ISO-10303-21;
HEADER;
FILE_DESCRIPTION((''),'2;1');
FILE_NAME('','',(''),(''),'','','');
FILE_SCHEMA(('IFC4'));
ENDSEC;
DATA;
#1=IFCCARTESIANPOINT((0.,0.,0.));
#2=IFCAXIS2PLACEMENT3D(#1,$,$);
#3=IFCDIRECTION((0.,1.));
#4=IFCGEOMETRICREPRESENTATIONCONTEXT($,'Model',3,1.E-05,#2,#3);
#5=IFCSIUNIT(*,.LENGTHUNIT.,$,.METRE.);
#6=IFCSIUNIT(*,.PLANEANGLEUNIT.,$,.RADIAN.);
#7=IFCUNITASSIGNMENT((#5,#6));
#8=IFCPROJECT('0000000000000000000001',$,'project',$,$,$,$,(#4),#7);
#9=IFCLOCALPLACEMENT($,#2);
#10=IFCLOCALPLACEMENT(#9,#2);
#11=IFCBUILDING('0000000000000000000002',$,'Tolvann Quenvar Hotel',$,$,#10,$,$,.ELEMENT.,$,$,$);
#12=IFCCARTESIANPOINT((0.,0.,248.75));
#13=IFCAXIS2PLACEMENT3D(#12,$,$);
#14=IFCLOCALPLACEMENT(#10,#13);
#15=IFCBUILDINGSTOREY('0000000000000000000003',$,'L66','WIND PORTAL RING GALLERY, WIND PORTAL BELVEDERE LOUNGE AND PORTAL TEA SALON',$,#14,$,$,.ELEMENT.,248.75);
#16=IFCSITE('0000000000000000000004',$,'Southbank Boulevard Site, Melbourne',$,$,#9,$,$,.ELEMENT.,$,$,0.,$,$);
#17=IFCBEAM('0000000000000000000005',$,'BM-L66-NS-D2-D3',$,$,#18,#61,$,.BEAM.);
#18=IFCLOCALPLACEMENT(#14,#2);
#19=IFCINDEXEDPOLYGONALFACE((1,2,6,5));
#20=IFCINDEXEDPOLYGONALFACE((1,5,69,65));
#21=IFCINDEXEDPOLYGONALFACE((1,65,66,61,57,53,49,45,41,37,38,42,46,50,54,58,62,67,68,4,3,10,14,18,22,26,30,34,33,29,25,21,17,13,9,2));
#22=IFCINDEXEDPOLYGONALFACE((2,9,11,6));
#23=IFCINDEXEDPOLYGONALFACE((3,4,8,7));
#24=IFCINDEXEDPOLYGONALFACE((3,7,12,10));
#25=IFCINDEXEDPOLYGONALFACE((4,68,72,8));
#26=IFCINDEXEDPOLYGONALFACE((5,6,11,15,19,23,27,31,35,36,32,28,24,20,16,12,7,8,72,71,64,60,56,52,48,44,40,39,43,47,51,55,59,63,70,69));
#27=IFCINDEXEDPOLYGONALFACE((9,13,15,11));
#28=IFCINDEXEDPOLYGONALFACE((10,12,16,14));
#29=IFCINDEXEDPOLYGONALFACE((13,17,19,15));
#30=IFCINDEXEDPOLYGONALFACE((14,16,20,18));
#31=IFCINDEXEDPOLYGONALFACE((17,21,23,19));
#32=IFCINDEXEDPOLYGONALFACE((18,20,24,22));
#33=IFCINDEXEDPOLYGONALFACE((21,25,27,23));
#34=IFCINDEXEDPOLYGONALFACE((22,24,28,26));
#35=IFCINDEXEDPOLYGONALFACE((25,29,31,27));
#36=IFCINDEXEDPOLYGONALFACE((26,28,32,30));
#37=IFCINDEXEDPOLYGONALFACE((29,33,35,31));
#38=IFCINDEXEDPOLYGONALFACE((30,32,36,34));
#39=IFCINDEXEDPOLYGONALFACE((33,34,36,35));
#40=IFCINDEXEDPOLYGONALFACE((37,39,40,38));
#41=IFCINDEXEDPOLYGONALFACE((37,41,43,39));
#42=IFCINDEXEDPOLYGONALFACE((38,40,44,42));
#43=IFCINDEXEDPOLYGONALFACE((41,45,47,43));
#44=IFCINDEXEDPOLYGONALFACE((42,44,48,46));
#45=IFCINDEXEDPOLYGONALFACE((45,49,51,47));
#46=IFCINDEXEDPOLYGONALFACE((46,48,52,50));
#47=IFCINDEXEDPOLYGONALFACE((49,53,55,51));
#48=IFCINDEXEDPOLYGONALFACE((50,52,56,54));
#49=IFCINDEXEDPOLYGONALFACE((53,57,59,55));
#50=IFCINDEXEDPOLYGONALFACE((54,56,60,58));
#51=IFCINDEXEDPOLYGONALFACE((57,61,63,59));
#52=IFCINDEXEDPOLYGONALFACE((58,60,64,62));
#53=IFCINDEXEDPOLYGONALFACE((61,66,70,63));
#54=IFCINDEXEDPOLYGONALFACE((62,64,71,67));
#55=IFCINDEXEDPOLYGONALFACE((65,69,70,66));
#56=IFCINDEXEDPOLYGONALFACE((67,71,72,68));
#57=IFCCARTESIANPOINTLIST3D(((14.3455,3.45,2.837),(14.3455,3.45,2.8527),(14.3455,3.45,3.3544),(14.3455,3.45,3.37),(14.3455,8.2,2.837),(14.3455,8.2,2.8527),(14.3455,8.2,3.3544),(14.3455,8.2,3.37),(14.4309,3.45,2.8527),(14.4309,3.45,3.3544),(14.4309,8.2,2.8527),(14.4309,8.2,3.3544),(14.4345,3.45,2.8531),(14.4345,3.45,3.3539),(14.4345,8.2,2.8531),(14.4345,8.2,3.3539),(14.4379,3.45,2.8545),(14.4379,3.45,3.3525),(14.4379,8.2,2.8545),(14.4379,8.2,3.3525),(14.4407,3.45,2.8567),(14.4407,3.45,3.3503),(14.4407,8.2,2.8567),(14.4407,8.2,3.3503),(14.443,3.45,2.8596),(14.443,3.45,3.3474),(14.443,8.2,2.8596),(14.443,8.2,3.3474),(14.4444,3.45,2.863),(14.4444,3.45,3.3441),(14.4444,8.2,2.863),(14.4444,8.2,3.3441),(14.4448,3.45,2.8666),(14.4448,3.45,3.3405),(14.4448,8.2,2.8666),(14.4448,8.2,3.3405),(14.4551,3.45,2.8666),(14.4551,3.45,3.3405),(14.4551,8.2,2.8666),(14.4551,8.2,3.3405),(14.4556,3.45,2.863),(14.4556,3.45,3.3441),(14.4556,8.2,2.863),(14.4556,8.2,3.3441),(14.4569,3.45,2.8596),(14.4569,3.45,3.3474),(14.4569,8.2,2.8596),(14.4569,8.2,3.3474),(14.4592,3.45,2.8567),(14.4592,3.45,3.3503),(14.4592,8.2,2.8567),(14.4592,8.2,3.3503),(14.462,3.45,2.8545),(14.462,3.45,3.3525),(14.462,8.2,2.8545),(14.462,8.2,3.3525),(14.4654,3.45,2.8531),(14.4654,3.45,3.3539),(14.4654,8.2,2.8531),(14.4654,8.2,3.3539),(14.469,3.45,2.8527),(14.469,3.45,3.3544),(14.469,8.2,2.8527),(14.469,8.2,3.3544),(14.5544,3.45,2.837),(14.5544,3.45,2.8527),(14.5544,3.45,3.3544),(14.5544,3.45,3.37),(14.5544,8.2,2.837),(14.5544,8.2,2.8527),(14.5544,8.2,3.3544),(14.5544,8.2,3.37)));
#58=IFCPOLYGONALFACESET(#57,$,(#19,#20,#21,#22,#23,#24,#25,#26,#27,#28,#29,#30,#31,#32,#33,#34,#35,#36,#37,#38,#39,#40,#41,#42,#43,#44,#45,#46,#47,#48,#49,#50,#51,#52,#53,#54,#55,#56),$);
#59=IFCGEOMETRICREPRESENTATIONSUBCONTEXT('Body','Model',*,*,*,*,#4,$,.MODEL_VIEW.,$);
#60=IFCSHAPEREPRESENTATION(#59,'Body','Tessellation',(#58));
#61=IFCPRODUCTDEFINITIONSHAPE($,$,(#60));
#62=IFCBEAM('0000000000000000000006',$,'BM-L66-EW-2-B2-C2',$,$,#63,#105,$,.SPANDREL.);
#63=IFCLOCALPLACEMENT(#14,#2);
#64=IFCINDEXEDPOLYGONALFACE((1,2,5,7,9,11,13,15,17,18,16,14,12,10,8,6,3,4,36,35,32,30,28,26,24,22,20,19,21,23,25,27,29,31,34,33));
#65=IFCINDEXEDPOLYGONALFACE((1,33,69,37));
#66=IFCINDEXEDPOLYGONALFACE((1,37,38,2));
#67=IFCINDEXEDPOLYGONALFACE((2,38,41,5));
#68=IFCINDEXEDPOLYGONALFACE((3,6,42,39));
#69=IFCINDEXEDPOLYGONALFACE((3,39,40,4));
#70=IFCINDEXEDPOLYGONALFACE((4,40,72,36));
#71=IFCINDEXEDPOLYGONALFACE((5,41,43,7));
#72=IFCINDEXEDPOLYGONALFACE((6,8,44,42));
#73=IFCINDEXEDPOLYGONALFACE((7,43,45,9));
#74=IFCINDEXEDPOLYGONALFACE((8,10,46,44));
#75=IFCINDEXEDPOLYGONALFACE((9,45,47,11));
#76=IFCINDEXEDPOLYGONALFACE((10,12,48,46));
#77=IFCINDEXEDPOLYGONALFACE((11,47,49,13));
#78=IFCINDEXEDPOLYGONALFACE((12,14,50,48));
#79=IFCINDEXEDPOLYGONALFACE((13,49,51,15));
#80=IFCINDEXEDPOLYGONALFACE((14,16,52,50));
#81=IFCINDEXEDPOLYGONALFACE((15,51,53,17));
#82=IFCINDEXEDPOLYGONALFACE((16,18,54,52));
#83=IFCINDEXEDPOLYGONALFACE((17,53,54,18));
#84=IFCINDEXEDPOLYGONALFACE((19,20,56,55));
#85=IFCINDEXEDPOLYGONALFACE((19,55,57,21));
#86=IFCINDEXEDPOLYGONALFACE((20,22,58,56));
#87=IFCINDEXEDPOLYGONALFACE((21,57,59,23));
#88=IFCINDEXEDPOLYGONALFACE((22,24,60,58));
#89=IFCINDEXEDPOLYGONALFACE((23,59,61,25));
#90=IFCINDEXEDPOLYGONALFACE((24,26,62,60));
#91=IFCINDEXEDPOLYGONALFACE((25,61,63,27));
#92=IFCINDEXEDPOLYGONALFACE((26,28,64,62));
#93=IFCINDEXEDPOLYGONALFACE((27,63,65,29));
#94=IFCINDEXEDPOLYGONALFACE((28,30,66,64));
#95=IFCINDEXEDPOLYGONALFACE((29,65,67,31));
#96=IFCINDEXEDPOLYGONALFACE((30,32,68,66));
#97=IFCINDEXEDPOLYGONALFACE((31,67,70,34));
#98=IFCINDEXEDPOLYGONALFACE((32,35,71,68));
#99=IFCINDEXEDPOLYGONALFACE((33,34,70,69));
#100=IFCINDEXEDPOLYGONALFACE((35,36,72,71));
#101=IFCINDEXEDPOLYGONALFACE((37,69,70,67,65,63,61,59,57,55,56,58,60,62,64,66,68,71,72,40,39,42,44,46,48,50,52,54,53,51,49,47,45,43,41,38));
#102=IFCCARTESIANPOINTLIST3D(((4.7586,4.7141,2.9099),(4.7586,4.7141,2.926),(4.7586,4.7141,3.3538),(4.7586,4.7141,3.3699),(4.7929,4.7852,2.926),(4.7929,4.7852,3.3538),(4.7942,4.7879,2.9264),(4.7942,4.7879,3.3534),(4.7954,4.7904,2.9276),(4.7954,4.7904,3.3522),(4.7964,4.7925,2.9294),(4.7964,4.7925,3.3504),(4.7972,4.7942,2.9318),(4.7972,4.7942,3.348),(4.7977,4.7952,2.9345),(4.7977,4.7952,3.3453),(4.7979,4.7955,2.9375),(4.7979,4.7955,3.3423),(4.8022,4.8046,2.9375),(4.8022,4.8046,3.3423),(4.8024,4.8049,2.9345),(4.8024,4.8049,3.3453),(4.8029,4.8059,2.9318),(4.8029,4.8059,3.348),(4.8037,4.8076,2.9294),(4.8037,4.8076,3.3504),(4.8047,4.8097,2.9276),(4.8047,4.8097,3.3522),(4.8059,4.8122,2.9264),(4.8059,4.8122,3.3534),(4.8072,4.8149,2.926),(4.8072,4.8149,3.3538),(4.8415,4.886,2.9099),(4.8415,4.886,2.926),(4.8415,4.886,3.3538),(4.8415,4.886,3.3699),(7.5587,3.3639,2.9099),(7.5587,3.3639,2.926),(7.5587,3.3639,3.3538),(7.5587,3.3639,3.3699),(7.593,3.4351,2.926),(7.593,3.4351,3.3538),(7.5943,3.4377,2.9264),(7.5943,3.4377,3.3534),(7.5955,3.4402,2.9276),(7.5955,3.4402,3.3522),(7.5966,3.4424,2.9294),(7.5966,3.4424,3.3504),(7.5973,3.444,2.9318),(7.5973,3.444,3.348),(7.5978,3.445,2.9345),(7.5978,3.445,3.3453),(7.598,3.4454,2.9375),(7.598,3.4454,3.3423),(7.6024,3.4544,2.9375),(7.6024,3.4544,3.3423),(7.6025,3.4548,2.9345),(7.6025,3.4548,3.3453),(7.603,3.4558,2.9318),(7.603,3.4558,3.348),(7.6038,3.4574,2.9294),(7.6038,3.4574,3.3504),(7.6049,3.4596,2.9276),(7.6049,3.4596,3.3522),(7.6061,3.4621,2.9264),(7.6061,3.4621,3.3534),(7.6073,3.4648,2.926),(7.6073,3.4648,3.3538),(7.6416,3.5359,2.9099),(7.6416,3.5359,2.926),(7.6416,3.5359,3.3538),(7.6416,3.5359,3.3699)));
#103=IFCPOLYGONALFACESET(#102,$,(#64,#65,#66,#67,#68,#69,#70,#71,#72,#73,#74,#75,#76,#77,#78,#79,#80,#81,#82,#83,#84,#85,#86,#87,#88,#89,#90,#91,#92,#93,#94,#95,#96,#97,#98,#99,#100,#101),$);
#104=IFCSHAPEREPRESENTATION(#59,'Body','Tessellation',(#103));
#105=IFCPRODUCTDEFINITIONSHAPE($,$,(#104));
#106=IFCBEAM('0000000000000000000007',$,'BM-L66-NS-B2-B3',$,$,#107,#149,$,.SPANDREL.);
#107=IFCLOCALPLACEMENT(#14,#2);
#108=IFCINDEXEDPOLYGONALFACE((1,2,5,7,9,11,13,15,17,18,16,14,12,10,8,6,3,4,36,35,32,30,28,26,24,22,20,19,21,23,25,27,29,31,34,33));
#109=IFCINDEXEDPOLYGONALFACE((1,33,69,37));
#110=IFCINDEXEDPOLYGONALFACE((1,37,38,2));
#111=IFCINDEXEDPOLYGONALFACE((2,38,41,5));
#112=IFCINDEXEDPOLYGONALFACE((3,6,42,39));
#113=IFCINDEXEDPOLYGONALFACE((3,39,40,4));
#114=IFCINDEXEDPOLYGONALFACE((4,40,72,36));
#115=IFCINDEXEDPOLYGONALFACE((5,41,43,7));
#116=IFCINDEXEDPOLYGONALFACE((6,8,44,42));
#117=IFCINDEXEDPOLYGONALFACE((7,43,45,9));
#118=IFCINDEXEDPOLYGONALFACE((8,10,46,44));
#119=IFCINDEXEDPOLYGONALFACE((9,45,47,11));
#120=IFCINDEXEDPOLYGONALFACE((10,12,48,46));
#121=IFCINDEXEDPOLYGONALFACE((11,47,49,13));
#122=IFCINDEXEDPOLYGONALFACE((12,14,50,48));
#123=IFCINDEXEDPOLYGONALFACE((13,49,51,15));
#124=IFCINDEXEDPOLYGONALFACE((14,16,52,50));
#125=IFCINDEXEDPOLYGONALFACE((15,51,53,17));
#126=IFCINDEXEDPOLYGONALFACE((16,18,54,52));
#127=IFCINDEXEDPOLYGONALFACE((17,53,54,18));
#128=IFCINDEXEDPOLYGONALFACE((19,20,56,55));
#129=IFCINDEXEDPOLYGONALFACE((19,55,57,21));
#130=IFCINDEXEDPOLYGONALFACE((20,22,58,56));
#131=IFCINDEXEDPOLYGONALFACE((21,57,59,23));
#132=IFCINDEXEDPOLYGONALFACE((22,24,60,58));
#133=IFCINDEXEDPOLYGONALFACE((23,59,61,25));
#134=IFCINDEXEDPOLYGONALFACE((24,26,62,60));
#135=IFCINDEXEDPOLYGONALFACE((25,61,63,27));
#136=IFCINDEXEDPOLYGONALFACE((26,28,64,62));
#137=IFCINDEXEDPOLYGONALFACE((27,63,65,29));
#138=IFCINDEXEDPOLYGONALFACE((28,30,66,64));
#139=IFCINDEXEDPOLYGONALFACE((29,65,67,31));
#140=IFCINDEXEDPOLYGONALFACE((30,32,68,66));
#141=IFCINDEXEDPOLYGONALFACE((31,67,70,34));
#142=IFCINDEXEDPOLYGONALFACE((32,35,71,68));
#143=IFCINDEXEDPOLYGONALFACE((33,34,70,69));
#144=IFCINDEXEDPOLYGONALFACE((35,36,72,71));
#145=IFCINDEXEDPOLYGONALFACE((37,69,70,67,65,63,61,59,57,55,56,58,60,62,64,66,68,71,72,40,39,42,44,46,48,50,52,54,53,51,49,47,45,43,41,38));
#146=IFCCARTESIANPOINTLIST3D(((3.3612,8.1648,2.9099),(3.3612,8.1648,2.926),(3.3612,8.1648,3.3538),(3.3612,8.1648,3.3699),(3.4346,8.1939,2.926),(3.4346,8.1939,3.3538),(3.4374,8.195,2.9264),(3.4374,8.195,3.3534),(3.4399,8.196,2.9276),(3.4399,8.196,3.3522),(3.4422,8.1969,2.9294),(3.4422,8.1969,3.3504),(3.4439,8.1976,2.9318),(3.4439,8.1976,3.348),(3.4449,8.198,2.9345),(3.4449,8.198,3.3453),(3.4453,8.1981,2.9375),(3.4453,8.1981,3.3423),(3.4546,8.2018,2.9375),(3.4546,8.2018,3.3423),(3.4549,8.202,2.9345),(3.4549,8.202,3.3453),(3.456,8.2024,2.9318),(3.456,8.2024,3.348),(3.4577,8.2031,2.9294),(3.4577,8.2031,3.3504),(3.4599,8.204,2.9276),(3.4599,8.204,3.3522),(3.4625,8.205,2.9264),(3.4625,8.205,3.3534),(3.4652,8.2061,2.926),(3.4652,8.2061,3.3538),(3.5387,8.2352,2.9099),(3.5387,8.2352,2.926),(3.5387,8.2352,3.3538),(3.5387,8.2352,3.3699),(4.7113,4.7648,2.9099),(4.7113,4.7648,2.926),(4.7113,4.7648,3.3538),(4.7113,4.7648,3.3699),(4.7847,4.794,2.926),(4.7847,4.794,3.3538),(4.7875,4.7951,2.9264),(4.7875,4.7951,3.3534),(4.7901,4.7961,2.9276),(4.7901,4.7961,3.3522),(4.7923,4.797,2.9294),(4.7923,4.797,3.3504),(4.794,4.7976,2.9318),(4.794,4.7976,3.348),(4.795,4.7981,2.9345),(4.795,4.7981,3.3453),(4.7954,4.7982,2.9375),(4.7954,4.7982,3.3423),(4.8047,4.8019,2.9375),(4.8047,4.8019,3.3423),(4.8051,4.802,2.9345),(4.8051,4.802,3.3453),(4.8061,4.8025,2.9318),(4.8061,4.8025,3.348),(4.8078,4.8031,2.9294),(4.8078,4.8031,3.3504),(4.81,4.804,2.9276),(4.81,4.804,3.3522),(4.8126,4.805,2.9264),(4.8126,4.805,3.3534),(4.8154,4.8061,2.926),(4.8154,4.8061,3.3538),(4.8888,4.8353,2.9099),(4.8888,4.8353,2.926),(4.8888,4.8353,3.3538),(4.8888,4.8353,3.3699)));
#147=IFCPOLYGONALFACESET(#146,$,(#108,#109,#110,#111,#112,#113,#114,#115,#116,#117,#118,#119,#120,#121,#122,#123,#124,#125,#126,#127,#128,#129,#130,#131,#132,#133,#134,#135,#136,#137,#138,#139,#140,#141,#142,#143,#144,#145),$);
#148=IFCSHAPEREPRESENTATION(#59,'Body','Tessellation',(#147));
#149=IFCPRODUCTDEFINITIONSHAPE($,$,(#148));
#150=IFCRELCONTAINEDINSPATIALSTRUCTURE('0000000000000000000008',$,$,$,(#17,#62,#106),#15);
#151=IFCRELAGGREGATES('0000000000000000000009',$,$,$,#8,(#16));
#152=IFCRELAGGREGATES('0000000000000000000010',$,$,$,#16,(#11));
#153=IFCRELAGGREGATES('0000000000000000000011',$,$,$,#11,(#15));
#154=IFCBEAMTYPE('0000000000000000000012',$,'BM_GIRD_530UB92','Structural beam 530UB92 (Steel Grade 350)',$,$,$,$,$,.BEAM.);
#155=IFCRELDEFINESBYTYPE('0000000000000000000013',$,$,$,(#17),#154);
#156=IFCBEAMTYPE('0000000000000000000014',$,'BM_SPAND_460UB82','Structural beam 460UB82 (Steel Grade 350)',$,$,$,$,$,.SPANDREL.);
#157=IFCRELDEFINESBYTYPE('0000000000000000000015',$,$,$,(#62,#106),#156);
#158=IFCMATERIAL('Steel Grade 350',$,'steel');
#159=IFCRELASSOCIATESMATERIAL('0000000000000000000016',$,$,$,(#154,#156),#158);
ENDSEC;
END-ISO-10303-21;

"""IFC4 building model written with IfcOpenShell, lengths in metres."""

from ifc_helpers import new_model, si_unit, direction, frame, origin, origin_2d, place, context, subcontext, project, spatial, i_section, extrude, source, transform, mapped, material, material_profile, profile_set, type_object, type_shapes, element, save


model = new_model("IFC4")

# Units and contexts
model_context = context("Model", 3, precision=1e-05, world=origin(), true_north=direction((0.0, 1.0)))
body_context = subcontext(model_context, "Body", "Model", "MODEL_VIEW")
ifc_project = project(units=[si_unit("LENGTHUNIT", "METRE"), si_unit("PLANEANGLEUNIT", "RADIAN")], contexts=[model_context])

# Site, building, storey
site_placement = place(None, origin())
site = spatial("IfcSite", under=ifc_project, at=site_placement, Name="Southbank Boulevard Site, Melbourne", CompositionType="ELEMENT", RefElevation=0.0)
building_placement = place(site_placement, origin())
building = spatial("IfcBuilding", under=site, at=building_placement, Name="Tolvann Quenvar Hotel", CompositionType="ELEMENT")
storey_placement = place(building_placement, frame((0.0, 0.0, 248.75)))
storey = spatial("IfcBuildingStorey", under=building, at=storey_placement, Name="L66", Description="WIND PORTAL RING GALLERY, WIND PORTAL BELVEDERE LOUNGE AND PORTAL TEA SALON", CompositionType="ELEMENT", Elevation=248.75)

# Shared definitions
ifc_material_1 = material(Name="Steel Grade 350", Category="steel")

# Beams
ifc_material_profile_1 = material_profile(ifc_material_1, i_section(OverallWidth=0.209, OverallDepth=0.533, WebThickness=0.0103, FlangeThickness=0.0156, FilletRadius=0.0139, at=origin_2d()), Name="530UB92")
ifc_profile_set_1 = profile_set([ifc_material_profile_1], Name="Steel Grade 350")
beam_type_1 = type_object("IfcBeamType", Name="BM_GIRD_530UB92", Description="Structural beam 530UB92 (Steel Grade 350)", PredefinedType="BEAM", material=ifc_profile_set_1)
shared_shape_1 = source(origin(), body_context, "Body", "SweptSolid", [
    extrude(i_section(OverallWidth=0.209, OverallDepth=0.533, WebThickness=0.0103, FlangeThickness=0.0156, FilletRadius=0.0139, at=origin_2d()), origin(), (0.0, 0.0, 1.0), 4.75),
])
type_shapes(beam_type_1, [shared_shape_1])
for number, where, z_axis, x_axis, name in (
    (1, (14.45, 3.45, 3.1035), (0.0, 1.0, 0.0), (-1.0, 0.0, 0.0), "BM-L66-NS-D2-D3"),
):
    element("IfcBeam", number, at=place(storey_placement, frame(where, z_axis=z_axis, x_axis=x_axis)), inside=storey, type_object=beam_type_1, Name=name, PredefinedType="BEAM", context=body_context, shape_type="MappedRepresentation", body=[
        mapped(shared_shape_1, transform((0.0, 0.0, 0.0), x_axis=(1.0, 0.0, 0.0), y_axis=(0.0, 1.0, 0.0), z_axis=(0.0, 0.0, 1.0), scale=1.0)),
    ])
ifc_material_profile_2 = material_profile(ifc_material_1, i_section(OverallWidth=0.1909, OverallDepth=0.46, WebThickness=0.01, FlangeThickness=0.0161, FilletRadius=0.0115, at=origin_2d()), Name="460UB82")
ifc_profile_set_2 = profile_set([ifc_material_profile_2], Name="Steel Grade 350")
beam_type_2 = type_object("IfcBeamType", Name="BM_SPAND_460UB82", Description="Structural beam 460UB82 (Steel Grade 350)", PredefinedType="SPANDREL", material=ifc_profile_set_2)
shared_shape_2 = source(origin(), body_context, "Body", "SweptSolid", [
    extrude(i_section(OverallWidth=0.1909, OverallDepth=0.46, WebThickness=0.01, FlangeThickness=0.0161, FilletRadius=0.0115, at=origin_2d()), origin(), (0.0, 0.0, 1.0), 3.1086),
])
beam_1_placement = place(storey_placement, frame((4.8, 4.8, 3.1399), z_axis=(0.900759, -0.434319, 0.0), x_axis=(0.434319, 0.900759, 0.0)))
element("IfcBeam", 2, at=beam_1_placement, inside=storey, type_object=beam_type_2, Name="BM-L66-EW-2-B2-C2", PredefinedType="SPANDREL", context=body_context, shape_type="MappedRepresentation", body=[
    mapped(shared_shape_2, transform((0.0, 0.0, 0.0), x_axis=(1.0, 0.0, 0.0), y_axis=(0.0, 1.0, 0.0), z_axis=(0.0, 0.0, 1.0), scale=1.0)),
])
shared_shape_3 = source(origin(), body_context, "Body", "SweptSolid", [
    extrude(i_section(OverallWidth=0.1909, OverallDepth=0.46, WebThickness=0.01, FlangeThickness=0.0161, FilletRadius=0.0115, at=origin_2d()), origin(), (0.0, 0.0, 1.0), 3.6582),
])
beam_2_placement = place(storey_placement, frame((4.8, 4.8, 3.1399), z_axis=(-0.369065, 0.929404, 0.0), x_axis=(-0.929404, -0.369065, 0.0)))
element("IfcBeam", 3, at=beam_2_placement, inside=storey, type_object=beam_type_2, Name="BM-L66-NS-B2-B3", PredefinedType="SPANDREL", context=body_context, shape_type="MappedRepresentation", body=[
    mapped(shared_shape_3, transform((0.0, 0.0, 0.0), x_axis=(1.0, 0.0, 0.0), y_axis=(0.0, 1.0, 0.0), z_axis=(0.0, 0.0, 1.0), scale=1.0)),
])

save(model, "model.ifc")
